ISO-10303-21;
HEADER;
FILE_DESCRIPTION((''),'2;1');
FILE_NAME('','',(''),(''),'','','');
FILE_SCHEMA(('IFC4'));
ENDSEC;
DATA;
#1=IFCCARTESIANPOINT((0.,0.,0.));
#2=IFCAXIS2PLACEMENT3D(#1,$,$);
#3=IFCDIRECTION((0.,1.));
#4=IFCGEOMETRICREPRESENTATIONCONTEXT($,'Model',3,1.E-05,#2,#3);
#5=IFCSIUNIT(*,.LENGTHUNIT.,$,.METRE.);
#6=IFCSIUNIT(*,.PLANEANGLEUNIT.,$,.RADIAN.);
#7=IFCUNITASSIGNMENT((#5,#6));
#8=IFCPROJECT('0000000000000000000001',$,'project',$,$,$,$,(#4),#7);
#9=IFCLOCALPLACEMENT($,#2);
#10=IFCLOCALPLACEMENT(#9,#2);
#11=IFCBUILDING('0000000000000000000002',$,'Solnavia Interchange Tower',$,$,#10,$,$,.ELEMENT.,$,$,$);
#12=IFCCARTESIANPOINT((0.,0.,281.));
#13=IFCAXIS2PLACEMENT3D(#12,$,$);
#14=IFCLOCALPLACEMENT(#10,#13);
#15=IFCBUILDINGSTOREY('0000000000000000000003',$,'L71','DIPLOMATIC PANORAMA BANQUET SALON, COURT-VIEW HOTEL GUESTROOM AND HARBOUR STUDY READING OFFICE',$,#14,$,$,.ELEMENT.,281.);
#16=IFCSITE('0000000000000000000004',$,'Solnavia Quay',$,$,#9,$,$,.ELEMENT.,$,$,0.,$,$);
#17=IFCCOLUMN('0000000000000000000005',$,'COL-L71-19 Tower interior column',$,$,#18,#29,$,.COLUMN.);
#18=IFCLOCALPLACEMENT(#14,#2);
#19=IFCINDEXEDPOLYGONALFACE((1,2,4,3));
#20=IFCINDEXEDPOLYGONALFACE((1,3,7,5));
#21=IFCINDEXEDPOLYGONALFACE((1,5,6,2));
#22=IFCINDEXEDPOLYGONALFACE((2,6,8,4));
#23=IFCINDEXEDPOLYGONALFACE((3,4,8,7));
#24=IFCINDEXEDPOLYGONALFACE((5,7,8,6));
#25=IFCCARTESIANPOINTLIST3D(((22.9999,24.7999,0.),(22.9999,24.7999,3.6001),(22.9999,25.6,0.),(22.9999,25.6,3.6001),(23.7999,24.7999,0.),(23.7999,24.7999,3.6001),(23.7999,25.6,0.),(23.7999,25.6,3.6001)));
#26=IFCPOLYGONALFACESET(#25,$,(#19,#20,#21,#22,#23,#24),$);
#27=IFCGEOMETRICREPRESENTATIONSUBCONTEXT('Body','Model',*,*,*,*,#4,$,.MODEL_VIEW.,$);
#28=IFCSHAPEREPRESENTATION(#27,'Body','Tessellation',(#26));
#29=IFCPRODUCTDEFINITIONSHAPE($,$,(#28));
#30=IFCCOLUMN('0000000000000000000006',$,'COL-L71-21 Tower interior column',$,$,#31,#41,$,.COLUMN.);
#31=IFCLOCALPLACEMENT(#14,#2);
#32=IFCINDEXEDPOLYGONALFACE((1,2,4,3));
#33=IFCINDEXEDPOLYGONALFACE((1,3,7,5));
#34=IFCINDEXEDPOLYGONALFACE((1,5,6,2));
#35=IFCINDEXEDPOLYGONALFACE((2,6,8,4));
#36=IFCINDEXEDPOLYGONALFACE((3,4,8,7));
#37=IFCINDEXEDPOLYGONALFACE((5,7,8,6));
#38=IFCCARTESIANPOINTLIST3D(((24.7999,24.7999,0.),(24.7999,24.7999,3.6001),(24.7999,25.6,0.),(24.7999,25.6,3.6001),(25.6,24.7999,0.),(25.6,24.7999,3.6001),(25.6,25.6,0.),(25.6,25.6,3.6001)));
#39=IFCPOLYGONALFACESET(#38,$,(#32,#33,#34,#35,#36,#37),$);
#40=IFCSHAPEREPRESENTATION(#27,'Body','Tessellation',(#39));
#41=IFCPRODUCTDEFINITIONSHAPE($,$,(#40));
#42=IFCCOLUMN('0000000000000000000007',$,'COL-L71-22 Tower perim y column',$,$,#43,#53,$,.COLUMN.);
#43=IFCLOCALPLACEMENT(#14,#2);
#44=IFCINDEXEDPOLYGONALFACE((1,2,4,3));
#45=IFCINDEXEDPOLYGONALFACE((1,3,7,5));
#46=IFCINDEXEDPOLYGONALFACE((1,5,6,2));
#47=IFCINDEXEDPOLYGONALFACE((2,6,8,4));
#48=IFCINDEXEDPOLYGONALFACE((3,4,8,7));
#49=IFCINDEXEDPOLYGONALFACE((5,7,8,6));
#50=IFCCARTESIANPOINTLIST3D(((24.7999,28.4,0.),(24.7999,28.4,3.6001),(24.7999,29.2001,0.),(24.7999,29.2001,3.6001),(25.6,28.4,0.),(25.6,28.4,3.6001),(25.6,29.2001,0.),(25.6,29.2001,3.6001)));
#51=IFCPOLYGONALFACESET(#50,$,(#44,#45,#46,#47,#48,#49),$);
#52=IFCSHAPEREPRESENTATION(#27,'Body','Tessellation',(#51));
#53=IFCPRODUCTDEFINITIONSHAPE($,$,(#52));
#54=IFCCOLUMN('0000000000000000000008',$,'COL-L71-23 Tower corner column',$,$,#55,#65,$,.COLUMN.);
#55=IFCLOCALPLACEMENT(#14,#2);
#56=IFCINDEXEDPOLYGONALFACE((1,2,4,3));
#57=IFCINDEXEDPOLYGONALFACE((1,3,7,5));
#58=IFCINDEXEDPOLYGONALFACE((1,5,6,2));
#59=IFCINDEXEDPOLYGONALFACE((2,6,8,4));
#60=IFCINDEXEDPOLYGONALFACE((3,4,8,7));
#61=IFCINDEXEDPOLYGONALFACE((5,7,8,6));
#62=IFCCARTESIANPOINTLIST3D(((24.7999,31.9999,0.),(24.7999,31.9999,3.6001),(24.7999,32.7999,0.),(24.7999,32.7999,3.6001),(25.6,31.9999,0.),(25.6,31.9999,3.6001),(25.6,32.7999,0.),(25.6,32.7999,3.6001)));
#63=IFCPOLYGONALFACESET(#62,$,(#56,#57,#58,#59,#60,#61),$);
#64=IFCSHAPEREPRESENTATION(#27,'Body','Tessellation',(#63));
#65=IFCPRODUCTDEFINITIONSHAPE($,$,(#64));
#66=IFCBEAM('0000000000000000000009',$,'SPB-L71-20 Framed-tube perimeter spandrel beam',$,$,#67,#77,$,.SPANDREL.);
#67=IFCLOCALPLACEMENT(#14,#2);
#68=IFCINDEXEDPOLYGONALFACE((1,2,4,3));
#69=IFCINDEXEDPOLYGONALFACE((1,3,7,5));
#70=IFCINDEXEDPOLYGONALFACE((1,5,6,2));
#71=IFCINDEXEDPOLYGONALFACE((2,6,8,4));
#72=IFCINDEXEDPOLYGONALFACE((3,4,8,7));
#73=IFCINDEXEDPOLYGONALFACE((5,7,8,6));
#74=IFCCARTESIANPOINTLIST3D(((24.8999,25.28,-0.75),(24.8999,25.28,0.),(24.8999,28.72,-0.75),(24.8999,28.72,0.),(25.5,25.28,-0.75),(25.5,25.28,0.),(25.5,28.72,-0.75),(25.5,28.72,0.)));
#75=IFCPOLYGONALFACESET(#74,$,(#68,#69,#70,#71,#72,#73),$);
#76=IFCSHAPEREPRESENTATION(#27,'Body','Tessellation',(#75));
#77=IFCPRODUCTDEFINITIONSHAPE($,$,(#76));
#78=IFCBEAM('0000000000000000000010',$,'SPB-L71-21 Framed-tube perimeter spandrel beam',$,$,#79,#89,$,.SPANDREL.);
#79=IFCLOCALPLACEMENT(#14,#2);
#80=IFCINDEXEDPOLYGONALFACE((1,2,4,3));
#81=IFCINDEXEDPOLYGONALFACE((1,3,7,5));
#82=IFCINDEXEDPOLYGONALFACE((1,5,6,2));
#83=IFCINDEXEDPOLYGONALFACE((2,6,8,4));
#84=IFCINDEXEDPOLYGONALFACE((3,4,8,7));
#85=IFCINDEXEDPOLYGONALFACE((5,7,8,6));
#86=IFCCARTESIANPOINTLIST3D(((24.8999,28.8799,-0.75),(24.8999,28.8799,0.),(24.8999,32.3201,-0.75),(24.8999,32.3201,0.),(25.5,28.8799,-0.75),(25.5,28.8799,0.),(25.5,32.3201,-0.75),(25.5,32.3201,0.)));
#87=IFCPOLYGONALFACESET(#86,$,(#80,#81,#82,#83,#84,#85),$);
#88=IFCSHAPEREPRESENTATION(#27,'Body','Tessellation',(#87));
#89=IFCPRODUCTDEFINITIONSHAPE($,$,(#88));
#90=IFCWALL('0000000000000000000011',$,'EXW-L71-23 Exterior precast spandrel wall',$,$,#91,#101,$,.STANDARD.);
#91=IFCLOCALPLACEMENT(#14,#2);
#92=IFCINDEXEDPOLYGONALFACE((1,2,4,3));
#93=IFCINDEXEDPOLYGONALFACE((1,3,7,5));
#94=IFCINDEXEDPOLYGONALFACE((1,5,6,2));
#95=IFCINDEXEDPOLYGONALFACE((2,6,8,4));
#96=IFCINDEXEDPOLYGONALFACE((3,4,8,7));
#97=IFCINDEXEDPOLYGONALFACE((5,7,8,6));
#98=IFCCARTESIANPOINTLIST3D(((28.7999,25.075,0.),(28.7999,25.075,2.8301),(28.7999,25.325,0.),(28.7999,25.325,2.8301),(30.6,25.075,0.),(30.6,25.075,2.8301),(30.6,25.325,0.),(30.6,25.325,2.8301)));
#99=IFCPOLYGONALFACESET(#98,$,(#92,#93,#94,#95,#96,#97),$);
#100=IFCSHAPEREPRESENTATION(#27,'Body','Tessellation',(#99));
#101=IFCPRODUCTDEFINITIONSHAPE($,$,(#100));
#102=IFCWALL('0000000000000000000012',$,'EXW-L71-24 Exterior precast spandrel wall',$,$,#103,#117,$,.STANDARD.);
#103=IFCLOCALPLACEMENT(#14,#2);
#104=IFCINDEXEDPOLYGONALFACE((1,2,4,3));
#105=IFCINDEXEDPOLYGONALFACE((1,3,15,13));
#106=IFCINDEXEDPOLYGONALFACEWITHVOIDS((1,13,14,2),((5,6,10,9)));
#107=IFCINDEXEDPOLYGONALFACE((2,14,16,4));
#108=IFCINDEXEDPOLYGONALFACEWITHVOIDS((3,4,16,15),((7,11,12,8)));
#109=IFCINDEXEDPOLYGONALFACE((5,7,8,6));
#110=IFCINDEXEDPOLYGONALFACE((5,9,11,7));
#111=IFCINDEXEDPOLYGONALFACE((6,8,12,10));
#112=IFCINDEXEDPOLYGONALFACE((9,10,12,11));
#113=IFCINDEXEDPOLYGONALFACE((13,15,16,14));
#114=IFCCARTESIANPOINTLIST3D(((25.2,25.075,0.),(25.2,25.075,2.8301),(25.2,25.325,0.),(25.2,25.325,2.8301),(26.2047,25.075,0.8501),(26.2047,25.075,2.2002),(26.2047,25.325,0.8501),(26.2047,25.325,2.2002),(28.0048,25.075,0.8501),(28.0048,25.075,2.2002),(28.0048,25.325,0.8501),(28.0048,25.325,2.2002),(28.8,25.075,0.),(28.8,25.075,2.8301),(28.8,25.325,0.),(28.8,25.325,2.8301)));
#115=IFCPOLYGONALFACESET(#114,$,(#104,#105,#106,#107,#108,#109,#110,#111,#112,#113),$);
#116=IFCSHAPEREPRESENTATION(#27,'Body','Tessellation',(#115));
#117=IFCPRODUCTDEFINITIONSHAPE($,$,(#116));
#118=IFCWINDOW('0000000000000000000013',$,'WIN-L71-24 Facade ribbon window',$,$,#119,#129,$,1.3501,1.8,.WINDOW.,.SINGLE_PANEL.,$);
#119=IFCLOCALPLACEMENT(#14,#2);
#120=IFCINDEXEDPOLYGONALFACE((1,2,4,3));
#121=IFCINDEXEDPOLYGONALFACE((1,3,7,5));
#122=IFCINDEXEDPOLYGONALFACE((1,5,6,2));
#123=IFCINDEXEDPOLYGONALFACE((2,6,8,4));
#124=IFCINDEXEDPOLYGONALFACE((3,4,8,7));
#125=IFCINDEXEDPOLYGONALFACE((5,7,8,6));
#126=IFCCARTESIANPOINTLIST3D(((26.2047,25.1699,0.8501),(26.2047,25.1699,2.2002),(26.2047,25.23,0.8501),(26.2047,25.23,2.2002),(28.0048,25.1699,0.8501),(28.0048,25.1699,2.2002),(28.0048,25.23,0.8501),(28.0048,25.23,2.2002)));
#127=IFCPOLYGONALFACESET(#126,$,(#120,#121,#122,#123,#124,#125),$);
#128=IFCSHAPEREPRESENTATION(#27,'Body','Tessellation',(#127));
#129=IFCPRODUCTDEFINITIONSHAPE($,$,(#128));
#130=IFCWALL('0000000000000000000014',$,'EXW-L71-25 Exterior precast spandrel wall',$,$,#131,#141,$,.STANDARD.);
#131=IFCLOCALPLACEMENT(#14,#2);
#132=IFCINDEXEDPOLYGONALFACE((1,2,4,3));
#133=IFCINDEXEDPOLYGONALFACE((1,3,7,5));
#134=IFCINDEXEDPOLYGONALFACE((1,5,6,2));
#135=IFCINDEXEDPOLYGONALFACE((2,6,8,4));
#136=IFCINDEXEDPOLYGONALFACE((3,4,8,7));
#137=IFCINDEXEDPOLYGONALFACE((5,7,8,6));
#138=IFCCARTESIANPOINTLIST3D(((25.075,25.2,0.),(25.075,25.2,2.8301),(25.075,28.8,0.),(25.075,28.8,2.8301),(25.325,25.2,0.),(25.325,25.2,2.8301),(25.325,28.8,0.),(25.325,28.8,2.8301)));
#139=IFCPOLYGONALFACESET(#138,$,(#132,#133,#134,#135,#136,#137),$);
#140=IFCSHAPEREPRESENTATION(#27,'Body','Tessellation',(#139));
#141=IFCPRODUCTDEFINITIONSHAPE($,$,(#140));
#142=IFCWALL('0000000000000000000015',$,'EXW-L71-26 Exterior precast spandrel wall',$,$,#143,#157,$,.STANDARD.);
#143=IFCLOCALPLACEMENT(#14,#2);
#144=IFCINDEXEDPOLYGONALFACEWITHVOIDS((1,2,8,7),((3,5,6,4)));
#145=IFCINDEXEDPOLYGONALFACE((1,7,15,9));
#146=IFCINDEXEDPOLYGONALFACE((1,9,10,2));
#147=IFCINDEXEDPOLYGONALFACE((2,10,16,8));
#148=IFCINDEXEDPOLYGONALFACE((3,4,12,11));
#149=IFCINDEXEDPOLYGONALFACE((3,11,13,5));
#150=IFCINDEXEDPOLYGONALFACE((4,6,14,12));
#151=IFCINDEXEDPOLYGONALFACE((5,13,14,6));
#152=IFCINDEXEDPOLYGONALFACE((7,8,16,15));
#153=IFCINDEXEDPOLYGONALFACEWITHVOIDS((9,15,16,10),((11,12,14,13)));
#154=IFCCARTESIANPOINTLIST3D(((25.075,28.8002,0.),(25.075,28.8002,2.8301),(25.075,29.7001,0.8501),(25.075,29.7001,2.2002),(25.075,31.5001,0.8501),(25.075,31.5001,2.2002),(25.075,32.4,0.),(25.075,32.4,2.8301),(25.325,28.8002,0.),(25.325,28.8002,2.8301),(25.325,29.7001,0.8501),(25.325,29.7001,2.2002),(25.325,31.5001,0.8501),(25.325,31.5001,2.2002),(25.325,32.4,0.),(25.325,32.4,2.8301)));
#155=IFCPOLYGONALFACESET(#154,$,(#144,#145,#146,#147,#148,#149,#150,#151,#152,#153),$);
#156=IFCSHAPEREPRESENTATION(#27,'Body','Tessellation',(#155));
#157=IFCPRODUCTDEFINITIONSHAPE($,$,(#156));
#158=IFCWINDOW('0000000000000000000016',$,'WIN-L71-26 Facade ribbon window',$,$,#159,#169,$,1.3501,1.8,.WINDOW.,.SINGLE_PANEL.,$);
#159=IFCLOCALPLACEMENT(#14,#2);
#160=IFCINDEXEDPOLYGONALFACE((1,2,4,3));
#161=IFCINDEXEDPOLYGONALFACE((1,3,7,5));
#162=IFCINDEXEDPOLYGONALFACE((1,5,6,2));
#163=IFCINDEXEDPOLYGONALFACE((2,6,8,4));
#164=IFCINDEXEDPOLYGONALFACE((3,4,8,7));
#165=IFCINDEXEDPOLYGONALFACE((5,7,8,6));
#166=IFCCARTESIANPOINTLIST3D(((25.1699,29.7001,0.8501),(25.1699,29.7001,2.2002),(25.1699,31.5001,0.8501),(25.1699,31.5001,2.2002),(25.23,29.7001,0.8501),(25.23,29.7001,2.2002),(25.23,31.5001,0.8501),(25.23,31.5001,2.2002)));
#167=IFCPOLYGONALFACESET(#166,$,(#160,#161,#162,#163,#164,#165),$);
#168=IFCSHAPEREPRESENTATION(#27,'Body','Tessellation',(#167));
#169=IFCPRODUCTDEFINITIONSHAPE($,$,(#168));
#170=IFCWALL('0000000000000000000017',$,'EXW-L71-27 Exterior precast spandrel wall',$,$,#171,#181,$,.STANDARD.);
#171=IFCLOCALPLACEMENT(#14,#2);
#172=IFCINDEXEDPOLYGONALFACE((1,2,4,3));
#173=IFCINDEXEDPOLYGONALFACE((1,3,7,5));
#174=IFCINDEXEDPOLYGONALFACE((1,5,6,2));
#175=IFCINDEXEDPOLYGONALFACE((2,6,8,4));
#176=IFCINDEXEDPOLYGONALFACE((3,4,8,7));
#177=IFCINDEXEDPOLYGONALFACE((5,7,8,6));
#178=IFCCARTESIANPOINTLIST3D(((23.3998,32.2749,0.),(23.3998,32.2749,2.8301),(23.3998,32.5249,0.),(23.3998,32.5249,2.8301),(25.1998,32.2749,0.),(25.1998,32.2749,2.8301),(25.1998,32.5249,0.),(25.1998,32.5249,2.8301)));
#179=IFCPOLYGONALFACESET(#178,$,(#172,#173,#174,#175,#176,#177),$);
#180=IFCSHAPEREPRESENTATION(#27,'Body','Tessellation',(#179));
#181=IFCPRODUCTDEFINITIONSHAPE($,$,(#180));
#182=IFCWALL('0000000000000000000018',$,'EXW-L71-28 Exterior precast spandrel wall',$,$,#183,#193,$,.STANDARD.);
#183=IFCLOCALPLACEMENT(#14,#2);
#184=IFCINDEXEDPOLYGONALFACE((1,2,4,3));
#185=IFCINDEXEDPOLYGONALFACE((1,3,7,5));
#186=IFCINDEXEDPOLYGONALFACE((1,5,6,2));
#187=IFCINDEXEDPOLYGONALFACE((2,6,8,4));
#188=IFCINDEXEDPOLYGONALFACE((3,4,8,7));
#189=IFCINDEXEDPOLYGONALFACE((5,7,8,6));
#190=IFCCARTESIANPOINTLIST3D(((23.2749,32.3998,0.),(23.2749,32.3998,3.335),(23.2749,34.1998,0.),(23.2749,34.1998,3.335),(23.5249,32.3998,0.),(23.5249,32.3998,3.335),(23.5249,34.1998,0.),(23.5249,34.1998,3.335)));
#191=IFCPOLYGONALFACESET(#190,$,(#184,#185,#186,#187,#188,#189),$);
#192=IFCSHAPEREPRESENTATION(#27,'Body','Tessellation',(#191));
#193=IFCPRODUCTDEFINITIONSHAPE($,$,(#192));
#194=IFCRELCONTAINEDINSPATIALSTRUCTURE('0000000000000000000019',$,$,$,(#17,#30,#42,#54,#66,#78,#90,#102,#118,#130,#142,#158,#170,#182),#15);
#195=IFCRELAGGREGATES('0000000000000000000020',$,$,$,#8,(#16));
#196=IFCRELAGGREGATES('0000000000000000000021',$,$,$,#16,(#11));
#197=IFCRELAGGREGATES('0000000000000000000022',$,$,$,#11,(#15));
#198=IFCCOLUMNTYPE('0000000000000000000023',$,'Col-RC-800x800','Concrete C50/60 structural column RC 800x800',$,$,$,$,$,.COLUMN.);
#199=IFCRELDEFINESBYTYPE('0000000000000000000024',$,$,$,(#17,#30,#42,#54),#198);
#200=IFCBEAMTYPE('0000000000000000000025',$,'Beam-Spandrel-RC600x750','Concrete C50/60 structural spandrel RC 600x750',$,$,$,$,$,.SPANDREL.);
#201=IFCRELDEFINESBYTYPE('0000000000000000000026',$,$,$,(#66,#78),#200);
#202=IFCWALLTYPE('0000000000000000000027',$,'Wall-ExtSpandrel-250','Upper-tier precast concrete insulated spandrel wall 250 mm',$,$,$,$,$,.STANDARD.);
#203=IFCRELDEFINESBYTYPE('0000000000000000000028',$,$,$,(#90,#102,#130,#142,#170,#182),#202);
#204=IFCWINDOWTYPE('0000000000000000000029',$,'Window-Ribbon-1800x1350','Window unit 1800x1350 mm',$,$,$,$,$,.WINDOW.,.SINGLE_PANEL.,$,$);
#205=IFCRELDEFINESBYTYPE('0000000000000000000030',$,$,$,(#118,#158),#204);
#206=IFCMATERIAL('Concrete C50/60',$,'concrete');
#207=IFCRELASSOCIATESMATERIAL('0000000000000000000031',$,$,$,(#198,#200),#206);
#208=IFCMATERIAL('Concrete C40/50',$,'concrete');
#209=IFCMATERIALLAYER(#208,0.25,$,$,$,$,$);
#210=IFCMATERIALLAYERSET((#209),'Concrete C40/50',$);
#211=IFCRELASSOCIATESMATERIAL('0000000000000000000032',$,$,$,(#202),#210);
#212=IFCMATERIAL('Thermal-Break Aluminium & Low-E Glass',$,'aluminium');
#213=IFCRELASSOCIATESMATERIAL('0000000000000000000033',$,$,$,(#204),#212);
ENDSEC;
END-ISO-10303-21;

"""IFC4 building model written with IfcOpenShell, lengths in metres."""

from ifc_helpers import new_model, si_unit, direction, frame, frame_2d, origin, origin_2d, place, context, subcontext, project, spatial, rectangle, extrude, material, layer, layer_set, material_profile, profile_set, type_object, element, fill, save


model = new_model("IFC4")

# Units and contexts
model_context = context("Model", 3, precision=1e-05, world=origin(), true_north=direction((0.0, 1.0)))
body_context = subcontext(model_context, "Body", "Model", "MODEL_VIEW")
ifc_project = project(units=[si_unit("LENGTHUNIT", "METRE"), si_unit("PLANEANGLEUNIT", "RADIAN")], contexts=[model_context])

# Site, building, storey
site_placement = place(None, origin())
site = spatial("IfcSite", under=ifc_project, at=site_placement, Name="Solnavia Quay", CompositionType="ELEMENT", RefElevation=0.0)
building_placement = place(site_placement, origin())
building = spatial("IfcBuilding", under=site, at=building_placement, Name="Solnavia Interchange Tower", CompositionType="ELEMENT")
storey_placement = place(building_placement, frame((0.0, 0.0, 281.0)))
storey = spatial("IfcBuildingStorey", under=building, at=storey_placement, Name="L71", Description="DIPLOMATIC PANORAMA BANQUET SALON, COURT-VIEW HOTEL GUESTROOM AND HARBOUR STUDY READING OFFICE", CompositionType="ELEMENT", Elevation=281.0)

# Columns
ifc_material_1 = material(Name="Concrete C50/60", Category="concrete")
ifc_material_profile_1 = material_profile(ifc_material_1, rectangle(XDim=0.8, YDim=0.8, at=origin_2d()), Name="RC 800x800")
ifc_profile_set_1 = profile_set([ifc_material_profile_1], Name="Concrete C50/60")
column_type = type_object("IfcColumnType", Name="Col-RC-800x800", Description="Concrete C50/60 structural column RC 800x800", PredefinedType="COLUMN", material=ifc_profile_set_1)
for number, where, z_axis, x_axis, name in (
    (1, (23.3999, 25.2, 0.0), (0.0, 0.0, 1.0), (1.0, 0.0, 0.0), "COL-L71-19 Tower interior column"),
    (2, (25.2, 25.2, 0.0), (0.0, 0.0, 1.0), (1.0, 0.0, 0.0), "COL-L71-21 Tower interior column"),
    (3, (25.2, 28.8, 0.0), (0.0, 0.0, 1.0), (0.0, 1.0, 0.0), "COL-L71-22 Tower perim y column"),
    (4, (25.2, 32.3999, 0.0), (0.0, 0.0, 1.0), (0.0, 1.0, 0.0), "COL-L71-23 Tower corner column"),
):
    element("IfcColumn", number, at=place(storey_placement, frame(where, z_axis=z_axis, x_axis=x_axis)), inside=storey, type_object=column_type, Name=name, PredefinedType="COLUMN", context=body_context, shape_type="SweptSolid", body=[
        extrude(rectangle(XDim=0.8, YDim=0.8, at=origin_2d()), origin(), (0.0, 0.0, 1.0), 3.6001),
    ])

# Beams
ifc_material_profile_2 = material_profile(ifc_material_1, rectangle(XDim=0.6001, YDim=0.75, at=origin_2d()), Name="RC 600x750")
ifc_profile_set_2 = profile_set([ifc_material_profile_2], Name="Concrete C50/60")
beam_type = type_object("IfcBeamType", Name="Beam-Spandrel-RC600x750", Description="Concrete C50/60 structural spandrel RC 600x750", PredefinedType="SPANDREL", material=ifc_profile_set_2)
beam_1_placement = place(storey_placement, frame((25.2, 25.28, -0.375), z_axis=(0.0, 1.0, 0.0), x_axis=(-1.0, 0.0, 0.0)))
element("IfcBeam", 5, at=beam_1_placement, inside=storey, type_object=beam_type, Name="SPB-L71-20 Framed-tube perimeter spandrel beam", PredefinedType="SPANDREL", context=body_context, shape_type="SweptSolid", body=[
    extrude(rectangle(XDim=0.6001, YDim=0.75, at=origin_2d()), origin(), (0.0, 0.0, 1.0), 3.4399),
])
beam_2_placement = place(storey_placement, frame((25.2, 28.8799, -0.375), z_axis=(0.0, 1.0, 0.0), x_axis=(-1.0, 0.0, 0.0)))
element("IfcBeam", 6, at=beam_2_placement, inside=storey, type_object=beam_type, Name="SPB-L71-21 Framed-tube perimeter spandrel beam", PredefinedType="SPANDREL", context=body_context, shape_type="SweptSolid", body=[
    extrude(rectangle(XDim=0.6001, YDim=0.75, at=origin_2d()), origin(), (0.0, 0.0, 1.0), 3.4402),
])

# Wall
ifc_material_2 = material(Name="Concrete C40/50", Category="concrete")
ifc_layer_1 = layer(ifc_material_2, 0.25)
ifc_layer_set_1 = layer_set([ifc_layer_1], Name="Concrete C40/50")
wall_type_1 = type_object("IfcWallType", Name="Wall-ExtSpandrel-250", Description="Upper-tier precast concrete insulated spandrel wall 250 mm", PredefinedType="STANDARD", material=ifc_layer_set_1)
wall_1_placement = place(storey_placement, frame((28.8, 25.2, 0.0), z_axis=(0.0, 0.0, 1.0), x_axis=(1.0, 0.0, 0.0)))
element("IfcWall", 7, at=wall_1_placement, inside=storey, type_object=wall_type_1, Name="EXW-L71-23 Exterior precast spandrel wall", PredefinedType="STANDARD", context=body_context, shape_type="SweptSolid", body=[
    extrude(rectangle(XDim=1.8, YDim=0.25, at=frame_2d((0.8999, 0.0))), origin(), (0.0, 0.0, 1.0), 2.8301),
])

# Wall, opening, window
wall_2_placement = place(storey_placement, frame((25.2, 25.2, 0.0), z_axis=(0.0, 0.0, 1.0), x_axis=(1.0, 0.0, 0.0)))
wall_2 = element("IfcWall", 8, at=wall_2_placement, inside=storey, type_object=wall_type_1, Name="EXW-L71-24 Exterior precast spandrel wall", PredefinedType="STANDARD", context=body_context, shape_type="SweptSolid", body=[
    extrude(rectangle(XDim=3.6001, YDim=0.25, at=frame_2d((1.8, 0.0))), origin(), (0.0, 0.0, 1.0), 2.8301),
])
opening_1_placement = place(wall_2_placement, frame((1.0049, 0.0, 0.8501)))
opening_1 = element("IfcOpeningElement", 9, at=opening_1_placement, cuts=wall_2, PredefinedType="OPENING", context=body_context, shape_type="SweptSolid", body=[
    extrude(rectangle(XDim=1.8, YDim=1.3501, at=frame_2d((0.8999, 0.675))), frame((0.0, 0.135, 0.0), z_axis=(0.0, -1.0, 0.0), x_axis=(1.0, 0.0, 0.0)), (0.0, 0.0, 1.0), 0.27),
])
ifc_material_3 = material(Name="Thermal-Break Aluminium & Low-E Glass", Category="aluminium")
window_type = type_object("IfcWindowType", Name="Window-Ribbon-1800x1350", Description="Window unit 1800x1350 mm", PartitioningType="SINGLE_PANEL", PredefinedType="WINDOW", material=ifc_material_3)
window_1_placement = place(opening_1_placement, origin())
window_1 = element("IfcWindow", 10, at=window_1_placement, inside=storey, type_object=window_type, Name="WIN-L71-24 Facade ribbon window", OverallHeight=1.3501, OverallWidth=1.8, PartitioningType="SINGLE_PANEL", PredefinedType="WINDOW", context=body_context, shape_type="SweptSolid", body=[
    extrude(rectangle(XDim=1.8, YDim=1.3501, at=frame_2d((0.8999, 0.675))), frame((0.0, 0.03, 0.0), z_axis=(0.0, -1.0, 0.0), x_axis=(1.0, 0.0, 0.0)), (0.0, 0.0, 1.0), 0.0601),
])
fill(opening_1, window_1)

# Wall
wall_3_placement = place(storey_placement, frame((25.2, 28.8, 0.0), z_axis=(0.0, 0.0, 1.0), x_axis=(0.0, -1.0, 0.0)))
element("IfcWall", 11, at=wall_3_placement, inside=storey, type_object=wall_type_1, Name="EXW-L71-25 Exterior precast spandrel wall", PredefinedType="STANDARD", context=body_context, shape_type="SweptSolid", body=[
    extrude(rectangle(XDim=3.6001, YDim=0.25, at=frame_2d((1.8, 0.0))), origin(), (0.0, 0.0, 1.0), 2.8301),
])

# Wall, opening, window
wall_4_placement = place(storey_placement, frame((25.2, 32.3999, 0.0), z_axis=(0.0, 0.0, 1.0), x_axis=(0.0, -1.0, 0.0)))
wall_4 = element("IfcWall", 12, at=wall_4_placement, inside=storey, type_object=wall_type_1, Name="EXW-L71-26 Exterior precast spandrel wall", PredefinedType="STANDARD", context=body_context, shape_type="SweptSolid", body=[
    extrude(rectangle(XDim=3.5999, YDim=0.25, at=frame_2d((1.7998, 0.0))), origin(), (0.0, 0.0, 1.0), 2.8301),
])
opening_2_placement = place(wall_4_placement, frame((0.8999, 0.0, 0.8501)))
opening_2 = element("IfcOpeningElement", 13, at=opening_2_placement, cuts=wall_4, PredefinedType="OPENING", context=body_context, shape_type="SweptSolid", body=[
    extrude(rectangle(XDim=1.8, YDim=1.3501, at=frame_2d((0.8999, 0.675))), frame((0.0, 0.135, 0.0), z_axis=(0.0, -1.0, 0.0), x_axis=(1.0, 0.0, 0.0)), (0.0, 0.0, 1.0), 0.27),
])
window_2_placement = place(opening_2_placement, origin())
window_2 = element("IfcWindow", 14, at=window_2_placement, inside=storey, type_object=window_type, Name="WIN-L71-26 Facade ribbon window", OverallHeight=1.3501, OverallWidth=1.8, PartitioningType="SINGLE_PANEL", PredefinedType="WINDOW", context=body_context, shape_type="SweptSolid", body=[
    extrude(rectangle(XDim=1.8, YDim=1.3501, at=frame_2d((0.8999, 0.675))), frame((0.0, 0.03, 0.0), z_axis=(0.0, -1.0, 0.0), x_axis=(1.0, 0.0, 0.0)), (0.0, 0.0, 1.0), 0.0601),
])
fill(opening_2, window_2)

# Walls
wall_5_placement = place(storey_placement, frame((23.3999, 32.3999, 0.0), z_axis=(0.0, 0.0, 1.0), x_axis=(1.0, 0.0, 0.0)))
element("IfcWall", 15, at=wall_5_placement, inside=storey, type_object=wall_type_1, Name="EXW-L71-27 Exterior precast spandrel wall", PredefinedType="STANDARD", context=body_context, shape_type="SweptSolid", body=[
    extrude(rectangle(XDim=1.8, YDim=0.25, at=frame_2d((0.8999, 0.0))), origin(), (0.0, 0.0, 1.0), 2.8301),
])
wall_6_placement = place(storey_placement, frame((23.3999, 32.3999, 0.0), z_axis=(0.0, 0.0, 1.0), x_axis=(0.0, 1.0, 0.0)))
element("IfcWall", 16, at=wall_6_placement, inside=storey, type_object=wall_type_1, Name="EXW-L71-28 Exterior precast spandrel wall", PredefinedType="STANDARD", context=body_context, shape_type="SweptSolid", body=[
    extrude(rectangle(XDim=1.8, YDim=0.25, at=frame_2d((0.8999, 0.0))), origin(), (0.0, 0.0, 1.0), 3.335),
])

save(model, "model.ifc")
